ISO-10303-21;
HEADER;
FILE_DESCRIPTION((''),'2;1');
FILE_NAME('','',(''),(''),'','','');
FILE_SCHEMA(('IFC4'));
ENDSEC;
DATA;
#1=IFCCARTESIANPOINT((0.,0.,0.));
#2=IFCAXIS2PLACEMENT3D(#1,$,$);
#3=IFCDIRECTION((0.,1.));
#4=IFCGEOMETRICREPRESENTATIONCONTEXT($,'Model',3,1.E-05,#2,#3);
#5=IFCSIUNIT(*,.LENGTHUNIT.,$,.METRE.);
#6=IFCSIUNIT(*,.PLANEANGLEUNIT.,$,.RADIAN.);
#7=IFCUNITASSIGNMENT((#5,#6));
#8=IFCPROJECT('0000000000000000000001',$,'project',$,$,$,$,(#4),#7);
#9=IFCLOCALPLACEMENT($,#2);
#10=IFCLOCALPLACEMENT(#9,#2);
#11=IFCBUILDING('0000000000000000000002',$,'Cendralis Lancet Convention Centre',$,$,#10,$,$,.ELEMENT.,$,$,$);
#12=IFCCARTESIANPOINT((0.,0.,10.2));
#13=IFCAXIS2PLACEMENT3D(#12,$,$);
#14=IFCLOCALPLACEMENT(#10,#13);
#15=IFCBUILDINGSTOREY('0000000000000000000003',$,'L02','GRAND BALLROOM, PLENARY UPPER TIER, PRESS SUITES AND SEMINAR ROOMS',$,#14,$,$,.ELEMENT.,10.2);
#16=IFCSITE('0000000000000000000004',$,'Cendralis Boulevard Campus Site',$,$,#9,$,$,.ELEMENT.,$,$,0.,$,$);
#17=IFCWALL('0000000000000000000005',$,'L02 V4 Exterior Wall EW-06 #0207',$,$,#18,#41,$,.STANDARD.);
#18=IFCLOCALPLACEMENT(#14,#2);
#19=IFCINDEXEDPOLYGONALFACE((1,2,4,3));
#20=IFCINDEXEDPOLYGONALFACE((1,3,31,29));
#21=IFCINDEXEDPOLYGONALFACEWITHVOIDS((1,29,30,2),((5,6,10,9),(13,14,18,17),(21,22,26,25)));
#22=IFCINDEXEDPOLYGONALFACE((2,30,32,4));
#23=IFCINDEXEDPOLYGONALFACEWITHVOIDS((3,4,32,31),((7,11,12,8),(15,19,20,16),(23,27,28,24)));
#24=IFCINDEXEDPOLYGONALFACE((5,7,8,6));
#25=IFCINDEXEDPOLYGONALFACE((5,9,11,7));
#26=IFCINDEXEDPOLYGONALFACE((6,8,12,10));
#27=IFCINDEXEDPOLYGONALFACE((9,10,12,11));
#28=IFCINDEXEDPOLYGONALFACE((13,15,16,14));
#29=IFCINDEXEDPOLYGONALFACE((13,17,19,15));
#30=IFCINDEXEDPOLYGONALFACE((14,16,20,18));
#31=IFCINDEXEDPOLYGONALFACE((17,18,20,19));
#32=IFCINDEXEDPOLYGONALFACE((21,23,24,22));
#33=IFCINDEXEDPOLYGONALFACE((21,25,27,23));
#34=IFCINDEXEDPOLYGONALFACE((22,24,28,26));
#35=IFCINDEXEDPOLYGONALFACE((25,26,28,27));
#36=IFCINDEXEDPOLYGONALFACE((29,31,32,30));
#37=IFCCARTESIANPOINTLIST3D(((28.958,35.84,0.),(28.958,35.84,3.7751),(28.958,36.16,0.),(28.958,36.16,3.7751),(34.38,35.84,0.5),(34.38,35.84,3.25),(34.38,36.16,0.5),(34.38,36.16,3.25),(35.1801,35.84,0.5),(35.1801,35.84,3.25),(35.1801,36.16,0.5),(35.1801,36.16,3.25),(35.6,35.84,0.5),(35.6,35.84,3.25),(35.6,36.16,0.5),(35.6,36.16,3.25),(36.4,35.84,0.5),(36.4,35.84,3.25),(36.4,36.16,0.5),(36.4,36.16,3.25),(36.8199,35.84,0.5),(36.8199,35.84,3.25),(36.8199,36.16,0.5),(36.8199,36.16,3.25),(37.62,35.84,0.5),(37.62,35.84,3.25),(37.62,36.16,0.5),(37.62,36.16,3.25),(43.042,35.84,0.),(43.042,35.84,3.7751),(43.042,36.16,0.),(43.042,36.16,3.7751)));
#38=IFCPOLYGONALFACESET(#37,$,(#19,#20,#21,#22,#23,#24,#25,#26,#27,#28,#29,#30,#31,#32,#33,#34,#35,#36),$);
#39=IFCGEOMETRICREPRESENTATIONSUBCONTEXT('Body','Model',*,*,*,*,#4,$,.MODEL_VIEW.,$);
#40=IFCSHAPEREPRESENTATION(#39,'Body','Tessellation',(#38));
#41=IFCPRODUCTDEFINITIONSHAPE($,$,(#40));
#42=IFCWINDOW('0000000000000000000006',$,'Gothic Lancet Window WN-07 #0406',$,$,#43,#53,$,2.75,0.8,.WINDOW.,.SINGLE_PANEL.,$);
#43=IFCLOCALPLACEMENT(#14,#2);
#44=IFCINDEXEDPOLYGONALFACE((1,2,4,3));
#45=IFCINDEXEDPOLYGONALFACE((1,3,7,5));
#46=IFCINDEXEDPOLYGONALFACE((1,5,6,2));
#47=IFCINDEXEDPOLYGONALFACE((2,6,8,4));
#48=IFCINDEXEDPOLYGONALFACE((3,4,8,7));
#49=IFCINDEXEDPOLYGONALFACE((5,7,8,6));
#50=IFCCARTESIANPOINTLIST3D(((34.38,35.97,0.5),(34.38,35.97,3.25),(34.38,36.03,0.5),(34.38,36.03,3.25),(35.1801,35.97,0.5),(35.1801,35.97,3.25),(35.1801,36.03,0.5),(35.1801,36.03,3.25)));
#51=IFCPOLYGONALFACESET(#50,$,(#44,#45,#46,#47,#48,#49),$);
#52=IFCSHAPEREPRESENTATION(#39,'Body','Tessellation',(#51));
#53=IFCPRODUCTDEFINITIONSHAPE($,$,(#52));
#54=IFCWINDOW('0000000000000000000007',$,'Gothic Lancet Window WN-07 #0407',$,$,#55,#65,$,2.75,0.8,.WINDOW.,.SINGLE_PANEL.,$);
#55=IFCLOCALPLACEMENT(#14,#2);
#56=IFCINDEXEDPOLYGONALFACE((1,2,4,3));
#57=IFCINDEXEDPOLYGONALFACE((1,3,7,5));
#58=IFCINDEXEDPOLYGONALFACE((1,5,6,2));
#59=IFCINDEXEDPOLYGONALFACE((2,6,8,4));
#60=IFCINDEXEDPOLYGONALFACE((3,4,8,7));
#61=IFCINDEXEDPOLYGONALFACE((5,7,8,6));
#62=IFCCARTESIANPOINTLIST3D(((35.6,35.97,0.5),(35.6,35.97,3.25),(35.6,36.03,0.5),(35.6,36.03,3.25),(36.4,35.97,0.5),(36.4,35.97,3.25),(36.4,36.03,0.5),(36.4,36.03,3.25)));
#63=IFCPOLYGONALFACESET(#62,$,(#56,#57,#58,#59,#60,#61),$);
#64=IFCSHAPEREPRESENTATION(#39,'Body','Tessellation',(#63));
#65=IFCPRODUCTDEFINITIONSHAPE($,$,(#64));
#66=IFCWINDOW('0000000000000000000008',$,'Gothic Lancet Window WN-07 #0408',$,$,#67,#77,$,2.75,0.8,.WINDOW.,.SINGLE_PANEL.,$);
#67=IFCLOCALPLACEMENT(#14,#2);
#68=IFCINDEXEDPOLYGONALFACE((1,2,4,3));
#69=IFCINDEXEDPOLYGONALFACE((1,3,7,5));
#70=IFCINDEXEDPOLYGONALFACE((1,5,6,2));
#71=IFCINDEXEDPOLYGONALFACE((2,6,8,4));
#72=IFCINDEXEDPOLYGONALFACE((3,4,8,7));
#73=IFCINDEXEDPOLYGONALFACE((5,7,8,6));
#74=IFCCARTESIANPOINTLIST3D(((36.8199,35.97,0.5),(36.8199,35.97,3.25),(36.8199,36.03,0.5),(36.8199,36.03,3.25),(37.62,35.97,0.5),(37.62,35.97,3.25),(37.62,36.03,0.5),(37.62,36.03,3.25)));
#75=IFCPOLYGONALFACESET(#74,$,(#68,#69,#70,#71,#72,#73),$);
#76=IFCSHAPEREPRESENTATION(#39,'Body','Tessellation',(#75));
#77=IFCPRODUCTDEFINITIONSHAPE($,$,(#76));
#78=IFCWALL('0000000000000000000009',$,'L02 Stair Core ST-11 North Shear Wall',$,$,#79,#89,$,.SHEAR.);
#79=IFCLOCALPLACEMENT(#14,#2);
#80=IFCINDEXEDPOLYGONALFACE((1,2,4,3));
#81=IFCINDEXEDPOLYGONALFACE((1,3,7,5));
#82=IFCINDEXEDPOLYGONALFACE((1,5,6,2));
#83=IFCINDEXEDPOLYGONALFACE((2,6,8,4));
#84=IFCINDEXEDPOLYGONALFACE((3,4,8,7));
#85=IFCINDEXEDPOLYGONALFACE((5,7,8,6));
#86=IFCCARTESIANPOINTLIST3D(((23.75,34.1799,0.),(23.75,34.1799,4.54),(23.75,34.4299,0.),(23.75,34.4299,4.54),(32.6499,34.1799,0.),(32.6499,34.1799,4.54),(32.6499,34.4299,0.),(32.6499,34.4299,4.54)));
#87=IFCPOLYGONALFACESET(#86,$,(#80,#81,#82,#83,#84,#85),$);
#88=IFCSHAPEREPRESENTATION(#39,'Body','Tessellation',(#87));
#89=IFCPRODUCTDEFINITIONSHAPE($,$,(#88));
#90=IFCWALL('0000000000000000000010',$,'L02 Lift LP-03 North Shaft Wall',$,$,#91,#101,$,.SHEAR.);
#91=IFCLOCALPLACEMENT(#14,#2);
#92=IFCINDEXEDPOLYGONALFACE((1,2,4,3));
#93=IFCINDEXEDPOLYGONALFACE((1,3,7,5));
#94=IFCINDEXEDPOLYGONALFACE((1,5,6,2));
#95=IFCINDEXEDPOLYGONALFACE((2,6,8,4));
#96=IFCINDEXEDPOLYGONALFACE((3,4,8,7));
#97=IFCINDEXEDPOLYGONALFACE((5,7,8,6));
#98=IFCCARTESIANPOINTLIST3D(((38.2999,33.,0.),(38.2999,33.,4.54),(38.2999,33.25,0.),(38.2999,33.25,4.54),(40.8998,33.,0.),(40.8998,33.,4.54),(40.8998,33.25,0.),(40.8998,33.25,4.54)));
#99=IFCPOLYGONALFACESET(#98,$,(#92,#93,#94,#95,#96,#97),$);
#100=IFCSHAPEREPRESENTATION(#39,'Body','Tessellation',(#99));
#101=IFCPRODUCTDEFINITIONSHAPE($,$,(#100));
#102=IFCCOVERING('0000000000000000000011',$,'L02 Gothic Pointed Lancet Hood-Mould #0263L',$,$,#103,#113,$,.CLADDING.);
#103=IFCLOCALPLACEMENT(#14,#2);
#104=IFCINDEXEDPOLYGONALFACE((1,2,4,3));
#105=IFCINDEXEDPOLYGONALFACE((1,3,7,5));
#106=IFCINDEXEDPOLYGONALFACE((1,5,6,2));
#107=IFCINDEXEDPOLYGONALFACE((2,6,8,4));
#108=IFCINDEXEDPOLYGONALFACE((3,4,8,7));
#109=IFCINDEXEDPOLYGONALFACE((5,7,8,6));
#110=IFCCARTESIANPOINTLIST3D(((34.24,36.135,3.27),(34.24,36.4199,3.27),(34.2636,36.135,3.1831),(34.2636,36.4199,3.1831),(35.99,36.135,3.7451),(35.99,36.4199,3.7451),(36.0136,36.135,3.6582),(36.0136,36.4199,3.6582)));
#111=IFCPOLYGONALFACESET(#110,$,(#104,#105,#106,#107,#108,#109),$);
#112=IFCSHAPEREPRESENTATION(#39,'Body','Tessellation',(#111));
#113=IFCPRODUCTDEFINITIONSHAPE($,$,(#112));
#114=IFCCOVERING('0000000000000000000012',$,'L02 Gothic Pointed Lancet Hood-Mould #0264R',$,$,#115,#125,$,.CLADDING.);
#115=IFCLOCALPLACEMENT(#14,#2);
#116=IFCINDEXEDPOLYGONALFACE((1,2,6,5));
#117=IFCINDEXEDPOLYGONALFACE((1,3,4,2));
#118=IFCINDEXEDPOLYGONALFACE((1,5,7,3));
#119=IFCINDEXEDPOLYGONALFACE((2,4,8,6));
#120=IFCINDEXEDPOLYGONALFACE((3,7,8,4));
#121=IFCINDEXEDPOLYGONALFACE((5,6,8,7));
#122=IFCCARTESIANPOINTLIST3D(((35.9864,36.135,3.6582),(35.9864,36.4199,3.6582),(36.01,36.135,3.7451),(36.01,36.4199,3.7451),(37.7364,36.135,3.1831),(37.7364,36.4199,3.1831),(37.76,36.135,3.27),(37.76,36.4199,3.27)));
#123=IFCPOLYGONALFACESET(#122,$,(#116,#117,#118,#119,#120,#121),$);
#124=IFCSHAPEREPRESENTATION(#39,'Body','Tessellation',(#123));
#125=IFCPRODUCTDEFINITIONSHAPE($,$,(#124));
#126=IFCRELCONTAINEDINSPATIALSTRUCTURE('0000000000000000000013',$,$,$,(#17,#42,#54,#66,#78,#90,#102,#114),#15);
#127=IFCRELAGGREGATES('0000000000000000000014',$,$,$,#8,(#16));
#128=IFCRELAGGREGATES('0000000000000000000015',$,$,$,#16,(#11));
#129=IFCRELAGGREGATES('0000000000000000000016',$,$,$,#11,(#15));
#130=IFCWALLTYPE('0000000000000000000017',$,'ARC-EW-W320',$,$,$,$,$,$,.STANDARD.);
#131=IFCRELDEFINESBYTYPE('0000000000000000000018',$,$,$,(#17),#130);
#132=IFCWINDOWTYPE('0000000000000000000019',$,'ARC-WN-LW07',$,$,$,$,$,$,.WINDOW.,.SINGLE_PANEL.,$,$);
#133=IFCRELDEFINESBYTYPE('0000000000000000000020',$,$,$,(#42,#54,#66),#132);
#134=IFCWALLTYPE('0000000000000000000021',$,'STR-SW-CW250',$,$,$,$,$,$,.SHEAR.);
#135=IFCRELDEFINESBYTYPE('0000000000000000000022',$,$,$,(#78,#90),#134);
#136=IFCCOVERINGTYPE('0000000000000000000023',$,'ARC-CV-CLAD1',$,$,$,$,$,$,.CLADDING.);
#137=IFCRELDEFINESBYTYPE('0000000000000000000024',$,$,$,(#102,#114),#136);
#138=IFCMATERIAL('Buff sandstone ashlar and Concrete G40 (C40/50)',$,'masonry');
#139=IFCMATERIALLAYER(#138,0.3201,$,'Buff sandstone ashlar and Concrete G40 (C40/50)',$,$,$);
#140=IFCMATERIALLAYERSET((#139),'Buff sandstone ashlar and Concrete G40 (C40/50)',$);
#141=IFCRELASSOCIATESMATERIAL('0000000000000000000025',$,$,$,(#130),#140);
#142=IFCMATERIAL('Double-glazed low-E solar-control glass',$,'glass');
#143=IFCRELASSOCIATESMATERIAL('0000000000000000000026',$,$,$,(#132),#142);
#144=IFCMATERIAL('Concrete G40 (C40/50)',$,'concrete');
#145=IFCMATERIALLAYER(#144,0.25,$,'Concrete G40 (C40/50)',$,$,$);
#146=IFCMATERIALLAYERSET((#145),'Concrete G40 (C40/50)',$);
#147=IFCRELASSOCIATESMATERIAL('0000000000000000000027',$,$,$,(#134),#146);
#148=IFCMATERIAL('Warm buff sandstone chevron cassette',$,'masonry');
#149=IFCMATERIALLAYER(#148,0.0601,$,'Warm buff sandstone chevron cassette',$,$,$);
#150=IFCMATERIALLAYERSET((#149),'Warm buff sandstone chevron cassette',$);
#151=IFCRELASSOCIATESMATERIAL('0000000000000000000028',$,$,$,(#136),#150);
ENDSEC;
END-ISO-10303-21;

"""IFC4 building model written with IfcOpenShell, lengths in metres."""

from ifc_helpers import new_model, si_unit, direction, frame, frame_2d, origin, place, context, subcontext, project, spatial, polyline, rectangle, outline, extrude, material, layer, layer_set, type_object, element, fill, save


model = new_model("IFC4")

# Units and contexts
model_context = context("Model", 3, precision=1e-05, world=origin(), true_north=direction((0.0, 1.0)))
body_context = subcontext(model_context, "Body", "Model", "MODEL_VIEW")
ifc_project = project(units=[si_unit("LENGTHUNIT", "METRE"), si_unit("PLANEANGLEUNIT", "RADIAN")], contexts=[model_context])

# Site, building, storey
site_placement = place(None, origin())
site = spatial("IfcSite", under=ifc_project, at=site_placement, Name="Cendralis Boulevard Campus Site", CompositionType="ELEMENT", RefElevation=0.0)
building_placement = place(site_placement, origin())
building = spatial("IfcBuilding", under=site, at=building_placement, Name="Cendralis Lancet Convention Centre", CompositionType="ELEMENT")
storey_placement = place(building_placement, frame((0.0, 0.0, 10.2)))
storey = spatial("IfcBuildingStorey", under=building, at=storey_placement, Name="L02", Description="GRAND BALLROOM, PLENARY UPPER TIER, PRESS SUITES AND SEMINAR ROOMS", CompositionType="ELEMENT", Elevation=10.2)

# Shared definitions
ifc_material_1 = material(Name="Concrete G40 (C40/50)", Category="concrete")

# Shared definitions
ifc_material_2 = material(Name="Double-glazed low-E solar-control glass", Category="glass")

# Wall, openings, windows
ifc_material_3 = material(Name="Buff sandstone ashlar and Concrete G40 (C40/50)", Category="masonry")
ifc_layer_1 = layer(ifc_material_3, 0.3201, Name="Buff sandstone ashlar and Concrete G40 (C40/50)")
ifc_layer_set_1 = layer_set([ifc_layer_1], Name="Buff sandstone ashlar and Concrete G40 (C40/50)")
wall_type_1 = type_object("IfcWallType", Name="ARC-EW-W320", PredefinedType="STANDARD", material=ifc_layer_set_1)
wall_1_placement = place(storey_placement, frame((28.958, 36.0, 0.0), z_axis=(0.0, 0.0, 1.0), x_axis=(1.0, 0.0, 0.0)))
wall_1 = element("IfcWall", 1, at=wall_1_placement, inside=storey, type_object=wall_type_1, Name="L02 V4 Exterior Wall EW-06 #0207", PredefinedType="STANDARD", context=body_context, shape_type="SweptSolid", body=[
    extrude(rectangle(XDim=14.084, YDim=0.3201, at=frame_2d((7.042, 0.0))), origin(), (0.0, 0.0, 1.0), 3.7751),
])
opening_1_placement = place(wall_1_placement, frame((5.4221, 0.0, 0.5)))
opening_1 = element("IfcOpeningElement", 2, at=opening_1_placement, cuts=wall_1, PredefinedType="OPENING", context=body_context, shape_type="SweptSolid", body=[
    extrude(rectangle(XDim=0.8, YDim=2.75, at=frame_2d((0.3999, 1.375))), frame((0.0, 0.1699, 0.0), z_axis=(0.0, -1.0, 0.0), x_axis=(1.0, 0.0, 0.0)), (0.0, 0.0, 1.0), 0.3401),
])
opening_2_placement = place(wall_1_placement, frame((6.6421, 0.0, 0.5)))
opening_2 = element("IfcOpeningElement", 3, at=opening_2_placement, cuts=wall_1, PredefinedType="OPENING", context=body_context, shape_type="SweptSolid", body=[
    extrude(rectangle(XDim=0.8, YDim=2.75, at=frame_2d((0.3999, 1.375))), frame((0.0, 0.1699, 0.0), z_axis=(0.0, -1.0, 0.0), x_axis=(1.0, 0.0, 0.0)), (0.0, 0.0, 1.0), 0.3401),
])
opening_3_placement = place(wall_1_placement, frame((7.8621, 0.0, 0.5)))
opening_3 = element("IfcOpeningElement", 4, at=opening_3_placement, cuts=wall_1, PredefinedType="OPENING", context=body_context, shape_type="SweptSolid", body=[
    extrude(rectangle(XDim=0.8, YDim=2.75, at=frame_2d((0.3999, 1.375))), frame((0.0, 0.1699, 0.0), z_axis=(0.0, -1.0, 0.0), x_axis=(1.0, 0.0, 0.0)), (0.0, 0.0, 1.0), 0.3401),
])
window_type = type_object("IfcWindowType", Name="ARC-WN-LW07", PartitioningType="SINGLE_PANEL", PredefinedType="WINDOW", material=ifc_material_2)
window_1_placement = place(opening_1_placement, origin())
window_1 = element("IfcWindow", 5, at=window_1_placement, inside=storey, type_object=window_type, Name="Gothic Lancet Window WN-07 #0406", OverallHeight=2.75, OverallWidth=0.8, PartitioningType="SINGLE_PANEL", PredefinedType="WINDOW", context=body_context, shape_type="SweptSolid", body=[
    extrude(rectangle(XDim=0.8, YDim=2.75, at=frame_2d((0.3999, 1.375))), frame((0.0, 0.03, 0.0), z_axis=(0.0, -1.0, 0.0), x_axis=(1.0, 0.0, 0.0)), (0.0, 0.0, 1.0), 0.0601),
])
fill(opening_1, window_1)
window_2_placement = place(opening_2_placement, origin())
window_2 = element("IfcWindow", 6, at=window_2_placement, inside=storey, type_object=window_type, Name="Gothic Lancet Window WN-07 #0407", OverallHeight=2.75, OverallWidth=0.8, PartitioningType="SINGLE_PANEL", PredefinedType="WINDOW", context=body_context, shape_type="SweptSolid", body=[
    extrude(rectangle(XDim=0.8, YDim=2.75, at=frame_2d((0.3999, 1.375))), frame((0.0, 0.03, 0.0), z_axis=(0.0, -1.0, 0.0), x_axis=(1.0, 0.0, 0.0)), (0.0, 0.0, 1.0), 0.0601),
])
fill(opening_2, window_2)
window_3_placement = place(opening_3_placement, origin())
window_3 = element("IfcWindow", 7, at=window_3_placement, inside=storey, type_object=window_type, Name="Gothic Lancet Window WN-07 #0408", OverallHeight=2.75, OverallWidth=0.8, PartitioningType="SINGLE_PANEL", PredefinedType="WINDOW", context=body_context, shape_type="SweptSolid", body=[
    extrude(rectangle(XDim=0.8, YDim=2.75, at=frame_2d((0.3999, 1.375))), frame((0.0, 0.03, 0.0), z_axis=(0.0, -1.0, 0.0), x_axis=(1.0, 0.0, 0.0)), (0.0, 0.0, 1.0), 0.0601),
])
fill(opening_3, window_3)

# Walls
ifc_layer_2 = layer(ifc_material_1, 0.25, Name="Concrete G40 (C40/50)")
ifc_layer_set_2 = layer_set([ifc_layer_2], Name="Concrete G40 (C40/50)")
wall_type_2 = type_object("IfcWallType", Name="STR-SW-CW250", PredefinedType="SHEAR", material=ifc_layer_set_2)
wall_2_placement = place(storey_placement, frame((23.75, 34.3049, 0.0), z_axis=(0.0, 0.0, 1.0), x_axis=(1.0, 0.0, 0.0)))
element("IfcWall", 8, at=wall_2_placement, inside=storey, type_object=wall_type_2, Name="L02 Stair Core ST-11 North Shear Wall", PredefinedType="SHEAR", context=body_context, shape_type="SweptSolid", body=[
    extrude(rectangle(XDim=8.8999, YDim=0.25, at=frame_2d((4.45, 0.0))), origin(), (0.0, 0.0, 1.0), 4.54),
])
wall_3_placement = place(storey_placement, frame((38.3, 33.125, 0.0), z_axis=(0.0, 0.0, 1.0), x_axis=(1.0, 0.0, 0.0)))
element("IfcWall", 9, at=wall_3_placement, inside=storey, type_object=wall_type_2, Name="L02 Lift LP-03 North Shaft Wall", PredefinedType="SHEAR", context=body_context, shape_type="SweptSolid", body=[
    extrude(rectangle(XDim=2.5999, YDim=0.25, at=frame_2d((1.2998, 0.0))), origin(), (0.0, 0.0, 1.0), 4.54),
])

# Coverings
ifc_material_4 = material(Name="Warm buff sandstone chevron cassette", Category="masonry")
ifc_layer_3 = layer(ifc_material_4, 0.0601, Name="Warm buff sandstone chevron cassette")
ifc_layer_set_3 = layer_set([ifc_layer_3], Name="Warm buff sandstone chevron cassette")
covering_type = type_object("IfcCoveringType", Name="ARC-CV-CLAD1", PredefinedType="CLADDING", material=ifc_layer_set_3)
for number, where, z_axis, x_axis, name in (
    (10, (34.24, 36.4199, 3.27), (-0.262001, 0.0, 0.965068), (0.0, -1.0, 0.0), "L02 Gothic Pointed Lancet Hood-Mould #0263L"),
    (11, (36.01, 36.4199, 3.7451), (0.262001, 0.0, 0.965068), (0.0, -1.0, 0.0), "L02 Gothic Pointed Lancet Hood-Mould #0264R"),
):
    element("IfcCovering", number, at=place(storey_placement, frame(where, z_axis=z_axis, x_axis=x_axis)), inside=storey, type_object=covering_type, Name=name, PredefinedType="CLADDING", context=body_context, shape_type="SweptSolid", body=[
        extrude(outline(polyline([(0.0, 0.0), (0.2849, 0.0), (0.2849, 1.8133), (0.0, 1.8133), (0.0, 0.0)])), origin(), (0.0, 0.0, -1.0), 0.0901),
    ])

save(model, "model.ifc")
